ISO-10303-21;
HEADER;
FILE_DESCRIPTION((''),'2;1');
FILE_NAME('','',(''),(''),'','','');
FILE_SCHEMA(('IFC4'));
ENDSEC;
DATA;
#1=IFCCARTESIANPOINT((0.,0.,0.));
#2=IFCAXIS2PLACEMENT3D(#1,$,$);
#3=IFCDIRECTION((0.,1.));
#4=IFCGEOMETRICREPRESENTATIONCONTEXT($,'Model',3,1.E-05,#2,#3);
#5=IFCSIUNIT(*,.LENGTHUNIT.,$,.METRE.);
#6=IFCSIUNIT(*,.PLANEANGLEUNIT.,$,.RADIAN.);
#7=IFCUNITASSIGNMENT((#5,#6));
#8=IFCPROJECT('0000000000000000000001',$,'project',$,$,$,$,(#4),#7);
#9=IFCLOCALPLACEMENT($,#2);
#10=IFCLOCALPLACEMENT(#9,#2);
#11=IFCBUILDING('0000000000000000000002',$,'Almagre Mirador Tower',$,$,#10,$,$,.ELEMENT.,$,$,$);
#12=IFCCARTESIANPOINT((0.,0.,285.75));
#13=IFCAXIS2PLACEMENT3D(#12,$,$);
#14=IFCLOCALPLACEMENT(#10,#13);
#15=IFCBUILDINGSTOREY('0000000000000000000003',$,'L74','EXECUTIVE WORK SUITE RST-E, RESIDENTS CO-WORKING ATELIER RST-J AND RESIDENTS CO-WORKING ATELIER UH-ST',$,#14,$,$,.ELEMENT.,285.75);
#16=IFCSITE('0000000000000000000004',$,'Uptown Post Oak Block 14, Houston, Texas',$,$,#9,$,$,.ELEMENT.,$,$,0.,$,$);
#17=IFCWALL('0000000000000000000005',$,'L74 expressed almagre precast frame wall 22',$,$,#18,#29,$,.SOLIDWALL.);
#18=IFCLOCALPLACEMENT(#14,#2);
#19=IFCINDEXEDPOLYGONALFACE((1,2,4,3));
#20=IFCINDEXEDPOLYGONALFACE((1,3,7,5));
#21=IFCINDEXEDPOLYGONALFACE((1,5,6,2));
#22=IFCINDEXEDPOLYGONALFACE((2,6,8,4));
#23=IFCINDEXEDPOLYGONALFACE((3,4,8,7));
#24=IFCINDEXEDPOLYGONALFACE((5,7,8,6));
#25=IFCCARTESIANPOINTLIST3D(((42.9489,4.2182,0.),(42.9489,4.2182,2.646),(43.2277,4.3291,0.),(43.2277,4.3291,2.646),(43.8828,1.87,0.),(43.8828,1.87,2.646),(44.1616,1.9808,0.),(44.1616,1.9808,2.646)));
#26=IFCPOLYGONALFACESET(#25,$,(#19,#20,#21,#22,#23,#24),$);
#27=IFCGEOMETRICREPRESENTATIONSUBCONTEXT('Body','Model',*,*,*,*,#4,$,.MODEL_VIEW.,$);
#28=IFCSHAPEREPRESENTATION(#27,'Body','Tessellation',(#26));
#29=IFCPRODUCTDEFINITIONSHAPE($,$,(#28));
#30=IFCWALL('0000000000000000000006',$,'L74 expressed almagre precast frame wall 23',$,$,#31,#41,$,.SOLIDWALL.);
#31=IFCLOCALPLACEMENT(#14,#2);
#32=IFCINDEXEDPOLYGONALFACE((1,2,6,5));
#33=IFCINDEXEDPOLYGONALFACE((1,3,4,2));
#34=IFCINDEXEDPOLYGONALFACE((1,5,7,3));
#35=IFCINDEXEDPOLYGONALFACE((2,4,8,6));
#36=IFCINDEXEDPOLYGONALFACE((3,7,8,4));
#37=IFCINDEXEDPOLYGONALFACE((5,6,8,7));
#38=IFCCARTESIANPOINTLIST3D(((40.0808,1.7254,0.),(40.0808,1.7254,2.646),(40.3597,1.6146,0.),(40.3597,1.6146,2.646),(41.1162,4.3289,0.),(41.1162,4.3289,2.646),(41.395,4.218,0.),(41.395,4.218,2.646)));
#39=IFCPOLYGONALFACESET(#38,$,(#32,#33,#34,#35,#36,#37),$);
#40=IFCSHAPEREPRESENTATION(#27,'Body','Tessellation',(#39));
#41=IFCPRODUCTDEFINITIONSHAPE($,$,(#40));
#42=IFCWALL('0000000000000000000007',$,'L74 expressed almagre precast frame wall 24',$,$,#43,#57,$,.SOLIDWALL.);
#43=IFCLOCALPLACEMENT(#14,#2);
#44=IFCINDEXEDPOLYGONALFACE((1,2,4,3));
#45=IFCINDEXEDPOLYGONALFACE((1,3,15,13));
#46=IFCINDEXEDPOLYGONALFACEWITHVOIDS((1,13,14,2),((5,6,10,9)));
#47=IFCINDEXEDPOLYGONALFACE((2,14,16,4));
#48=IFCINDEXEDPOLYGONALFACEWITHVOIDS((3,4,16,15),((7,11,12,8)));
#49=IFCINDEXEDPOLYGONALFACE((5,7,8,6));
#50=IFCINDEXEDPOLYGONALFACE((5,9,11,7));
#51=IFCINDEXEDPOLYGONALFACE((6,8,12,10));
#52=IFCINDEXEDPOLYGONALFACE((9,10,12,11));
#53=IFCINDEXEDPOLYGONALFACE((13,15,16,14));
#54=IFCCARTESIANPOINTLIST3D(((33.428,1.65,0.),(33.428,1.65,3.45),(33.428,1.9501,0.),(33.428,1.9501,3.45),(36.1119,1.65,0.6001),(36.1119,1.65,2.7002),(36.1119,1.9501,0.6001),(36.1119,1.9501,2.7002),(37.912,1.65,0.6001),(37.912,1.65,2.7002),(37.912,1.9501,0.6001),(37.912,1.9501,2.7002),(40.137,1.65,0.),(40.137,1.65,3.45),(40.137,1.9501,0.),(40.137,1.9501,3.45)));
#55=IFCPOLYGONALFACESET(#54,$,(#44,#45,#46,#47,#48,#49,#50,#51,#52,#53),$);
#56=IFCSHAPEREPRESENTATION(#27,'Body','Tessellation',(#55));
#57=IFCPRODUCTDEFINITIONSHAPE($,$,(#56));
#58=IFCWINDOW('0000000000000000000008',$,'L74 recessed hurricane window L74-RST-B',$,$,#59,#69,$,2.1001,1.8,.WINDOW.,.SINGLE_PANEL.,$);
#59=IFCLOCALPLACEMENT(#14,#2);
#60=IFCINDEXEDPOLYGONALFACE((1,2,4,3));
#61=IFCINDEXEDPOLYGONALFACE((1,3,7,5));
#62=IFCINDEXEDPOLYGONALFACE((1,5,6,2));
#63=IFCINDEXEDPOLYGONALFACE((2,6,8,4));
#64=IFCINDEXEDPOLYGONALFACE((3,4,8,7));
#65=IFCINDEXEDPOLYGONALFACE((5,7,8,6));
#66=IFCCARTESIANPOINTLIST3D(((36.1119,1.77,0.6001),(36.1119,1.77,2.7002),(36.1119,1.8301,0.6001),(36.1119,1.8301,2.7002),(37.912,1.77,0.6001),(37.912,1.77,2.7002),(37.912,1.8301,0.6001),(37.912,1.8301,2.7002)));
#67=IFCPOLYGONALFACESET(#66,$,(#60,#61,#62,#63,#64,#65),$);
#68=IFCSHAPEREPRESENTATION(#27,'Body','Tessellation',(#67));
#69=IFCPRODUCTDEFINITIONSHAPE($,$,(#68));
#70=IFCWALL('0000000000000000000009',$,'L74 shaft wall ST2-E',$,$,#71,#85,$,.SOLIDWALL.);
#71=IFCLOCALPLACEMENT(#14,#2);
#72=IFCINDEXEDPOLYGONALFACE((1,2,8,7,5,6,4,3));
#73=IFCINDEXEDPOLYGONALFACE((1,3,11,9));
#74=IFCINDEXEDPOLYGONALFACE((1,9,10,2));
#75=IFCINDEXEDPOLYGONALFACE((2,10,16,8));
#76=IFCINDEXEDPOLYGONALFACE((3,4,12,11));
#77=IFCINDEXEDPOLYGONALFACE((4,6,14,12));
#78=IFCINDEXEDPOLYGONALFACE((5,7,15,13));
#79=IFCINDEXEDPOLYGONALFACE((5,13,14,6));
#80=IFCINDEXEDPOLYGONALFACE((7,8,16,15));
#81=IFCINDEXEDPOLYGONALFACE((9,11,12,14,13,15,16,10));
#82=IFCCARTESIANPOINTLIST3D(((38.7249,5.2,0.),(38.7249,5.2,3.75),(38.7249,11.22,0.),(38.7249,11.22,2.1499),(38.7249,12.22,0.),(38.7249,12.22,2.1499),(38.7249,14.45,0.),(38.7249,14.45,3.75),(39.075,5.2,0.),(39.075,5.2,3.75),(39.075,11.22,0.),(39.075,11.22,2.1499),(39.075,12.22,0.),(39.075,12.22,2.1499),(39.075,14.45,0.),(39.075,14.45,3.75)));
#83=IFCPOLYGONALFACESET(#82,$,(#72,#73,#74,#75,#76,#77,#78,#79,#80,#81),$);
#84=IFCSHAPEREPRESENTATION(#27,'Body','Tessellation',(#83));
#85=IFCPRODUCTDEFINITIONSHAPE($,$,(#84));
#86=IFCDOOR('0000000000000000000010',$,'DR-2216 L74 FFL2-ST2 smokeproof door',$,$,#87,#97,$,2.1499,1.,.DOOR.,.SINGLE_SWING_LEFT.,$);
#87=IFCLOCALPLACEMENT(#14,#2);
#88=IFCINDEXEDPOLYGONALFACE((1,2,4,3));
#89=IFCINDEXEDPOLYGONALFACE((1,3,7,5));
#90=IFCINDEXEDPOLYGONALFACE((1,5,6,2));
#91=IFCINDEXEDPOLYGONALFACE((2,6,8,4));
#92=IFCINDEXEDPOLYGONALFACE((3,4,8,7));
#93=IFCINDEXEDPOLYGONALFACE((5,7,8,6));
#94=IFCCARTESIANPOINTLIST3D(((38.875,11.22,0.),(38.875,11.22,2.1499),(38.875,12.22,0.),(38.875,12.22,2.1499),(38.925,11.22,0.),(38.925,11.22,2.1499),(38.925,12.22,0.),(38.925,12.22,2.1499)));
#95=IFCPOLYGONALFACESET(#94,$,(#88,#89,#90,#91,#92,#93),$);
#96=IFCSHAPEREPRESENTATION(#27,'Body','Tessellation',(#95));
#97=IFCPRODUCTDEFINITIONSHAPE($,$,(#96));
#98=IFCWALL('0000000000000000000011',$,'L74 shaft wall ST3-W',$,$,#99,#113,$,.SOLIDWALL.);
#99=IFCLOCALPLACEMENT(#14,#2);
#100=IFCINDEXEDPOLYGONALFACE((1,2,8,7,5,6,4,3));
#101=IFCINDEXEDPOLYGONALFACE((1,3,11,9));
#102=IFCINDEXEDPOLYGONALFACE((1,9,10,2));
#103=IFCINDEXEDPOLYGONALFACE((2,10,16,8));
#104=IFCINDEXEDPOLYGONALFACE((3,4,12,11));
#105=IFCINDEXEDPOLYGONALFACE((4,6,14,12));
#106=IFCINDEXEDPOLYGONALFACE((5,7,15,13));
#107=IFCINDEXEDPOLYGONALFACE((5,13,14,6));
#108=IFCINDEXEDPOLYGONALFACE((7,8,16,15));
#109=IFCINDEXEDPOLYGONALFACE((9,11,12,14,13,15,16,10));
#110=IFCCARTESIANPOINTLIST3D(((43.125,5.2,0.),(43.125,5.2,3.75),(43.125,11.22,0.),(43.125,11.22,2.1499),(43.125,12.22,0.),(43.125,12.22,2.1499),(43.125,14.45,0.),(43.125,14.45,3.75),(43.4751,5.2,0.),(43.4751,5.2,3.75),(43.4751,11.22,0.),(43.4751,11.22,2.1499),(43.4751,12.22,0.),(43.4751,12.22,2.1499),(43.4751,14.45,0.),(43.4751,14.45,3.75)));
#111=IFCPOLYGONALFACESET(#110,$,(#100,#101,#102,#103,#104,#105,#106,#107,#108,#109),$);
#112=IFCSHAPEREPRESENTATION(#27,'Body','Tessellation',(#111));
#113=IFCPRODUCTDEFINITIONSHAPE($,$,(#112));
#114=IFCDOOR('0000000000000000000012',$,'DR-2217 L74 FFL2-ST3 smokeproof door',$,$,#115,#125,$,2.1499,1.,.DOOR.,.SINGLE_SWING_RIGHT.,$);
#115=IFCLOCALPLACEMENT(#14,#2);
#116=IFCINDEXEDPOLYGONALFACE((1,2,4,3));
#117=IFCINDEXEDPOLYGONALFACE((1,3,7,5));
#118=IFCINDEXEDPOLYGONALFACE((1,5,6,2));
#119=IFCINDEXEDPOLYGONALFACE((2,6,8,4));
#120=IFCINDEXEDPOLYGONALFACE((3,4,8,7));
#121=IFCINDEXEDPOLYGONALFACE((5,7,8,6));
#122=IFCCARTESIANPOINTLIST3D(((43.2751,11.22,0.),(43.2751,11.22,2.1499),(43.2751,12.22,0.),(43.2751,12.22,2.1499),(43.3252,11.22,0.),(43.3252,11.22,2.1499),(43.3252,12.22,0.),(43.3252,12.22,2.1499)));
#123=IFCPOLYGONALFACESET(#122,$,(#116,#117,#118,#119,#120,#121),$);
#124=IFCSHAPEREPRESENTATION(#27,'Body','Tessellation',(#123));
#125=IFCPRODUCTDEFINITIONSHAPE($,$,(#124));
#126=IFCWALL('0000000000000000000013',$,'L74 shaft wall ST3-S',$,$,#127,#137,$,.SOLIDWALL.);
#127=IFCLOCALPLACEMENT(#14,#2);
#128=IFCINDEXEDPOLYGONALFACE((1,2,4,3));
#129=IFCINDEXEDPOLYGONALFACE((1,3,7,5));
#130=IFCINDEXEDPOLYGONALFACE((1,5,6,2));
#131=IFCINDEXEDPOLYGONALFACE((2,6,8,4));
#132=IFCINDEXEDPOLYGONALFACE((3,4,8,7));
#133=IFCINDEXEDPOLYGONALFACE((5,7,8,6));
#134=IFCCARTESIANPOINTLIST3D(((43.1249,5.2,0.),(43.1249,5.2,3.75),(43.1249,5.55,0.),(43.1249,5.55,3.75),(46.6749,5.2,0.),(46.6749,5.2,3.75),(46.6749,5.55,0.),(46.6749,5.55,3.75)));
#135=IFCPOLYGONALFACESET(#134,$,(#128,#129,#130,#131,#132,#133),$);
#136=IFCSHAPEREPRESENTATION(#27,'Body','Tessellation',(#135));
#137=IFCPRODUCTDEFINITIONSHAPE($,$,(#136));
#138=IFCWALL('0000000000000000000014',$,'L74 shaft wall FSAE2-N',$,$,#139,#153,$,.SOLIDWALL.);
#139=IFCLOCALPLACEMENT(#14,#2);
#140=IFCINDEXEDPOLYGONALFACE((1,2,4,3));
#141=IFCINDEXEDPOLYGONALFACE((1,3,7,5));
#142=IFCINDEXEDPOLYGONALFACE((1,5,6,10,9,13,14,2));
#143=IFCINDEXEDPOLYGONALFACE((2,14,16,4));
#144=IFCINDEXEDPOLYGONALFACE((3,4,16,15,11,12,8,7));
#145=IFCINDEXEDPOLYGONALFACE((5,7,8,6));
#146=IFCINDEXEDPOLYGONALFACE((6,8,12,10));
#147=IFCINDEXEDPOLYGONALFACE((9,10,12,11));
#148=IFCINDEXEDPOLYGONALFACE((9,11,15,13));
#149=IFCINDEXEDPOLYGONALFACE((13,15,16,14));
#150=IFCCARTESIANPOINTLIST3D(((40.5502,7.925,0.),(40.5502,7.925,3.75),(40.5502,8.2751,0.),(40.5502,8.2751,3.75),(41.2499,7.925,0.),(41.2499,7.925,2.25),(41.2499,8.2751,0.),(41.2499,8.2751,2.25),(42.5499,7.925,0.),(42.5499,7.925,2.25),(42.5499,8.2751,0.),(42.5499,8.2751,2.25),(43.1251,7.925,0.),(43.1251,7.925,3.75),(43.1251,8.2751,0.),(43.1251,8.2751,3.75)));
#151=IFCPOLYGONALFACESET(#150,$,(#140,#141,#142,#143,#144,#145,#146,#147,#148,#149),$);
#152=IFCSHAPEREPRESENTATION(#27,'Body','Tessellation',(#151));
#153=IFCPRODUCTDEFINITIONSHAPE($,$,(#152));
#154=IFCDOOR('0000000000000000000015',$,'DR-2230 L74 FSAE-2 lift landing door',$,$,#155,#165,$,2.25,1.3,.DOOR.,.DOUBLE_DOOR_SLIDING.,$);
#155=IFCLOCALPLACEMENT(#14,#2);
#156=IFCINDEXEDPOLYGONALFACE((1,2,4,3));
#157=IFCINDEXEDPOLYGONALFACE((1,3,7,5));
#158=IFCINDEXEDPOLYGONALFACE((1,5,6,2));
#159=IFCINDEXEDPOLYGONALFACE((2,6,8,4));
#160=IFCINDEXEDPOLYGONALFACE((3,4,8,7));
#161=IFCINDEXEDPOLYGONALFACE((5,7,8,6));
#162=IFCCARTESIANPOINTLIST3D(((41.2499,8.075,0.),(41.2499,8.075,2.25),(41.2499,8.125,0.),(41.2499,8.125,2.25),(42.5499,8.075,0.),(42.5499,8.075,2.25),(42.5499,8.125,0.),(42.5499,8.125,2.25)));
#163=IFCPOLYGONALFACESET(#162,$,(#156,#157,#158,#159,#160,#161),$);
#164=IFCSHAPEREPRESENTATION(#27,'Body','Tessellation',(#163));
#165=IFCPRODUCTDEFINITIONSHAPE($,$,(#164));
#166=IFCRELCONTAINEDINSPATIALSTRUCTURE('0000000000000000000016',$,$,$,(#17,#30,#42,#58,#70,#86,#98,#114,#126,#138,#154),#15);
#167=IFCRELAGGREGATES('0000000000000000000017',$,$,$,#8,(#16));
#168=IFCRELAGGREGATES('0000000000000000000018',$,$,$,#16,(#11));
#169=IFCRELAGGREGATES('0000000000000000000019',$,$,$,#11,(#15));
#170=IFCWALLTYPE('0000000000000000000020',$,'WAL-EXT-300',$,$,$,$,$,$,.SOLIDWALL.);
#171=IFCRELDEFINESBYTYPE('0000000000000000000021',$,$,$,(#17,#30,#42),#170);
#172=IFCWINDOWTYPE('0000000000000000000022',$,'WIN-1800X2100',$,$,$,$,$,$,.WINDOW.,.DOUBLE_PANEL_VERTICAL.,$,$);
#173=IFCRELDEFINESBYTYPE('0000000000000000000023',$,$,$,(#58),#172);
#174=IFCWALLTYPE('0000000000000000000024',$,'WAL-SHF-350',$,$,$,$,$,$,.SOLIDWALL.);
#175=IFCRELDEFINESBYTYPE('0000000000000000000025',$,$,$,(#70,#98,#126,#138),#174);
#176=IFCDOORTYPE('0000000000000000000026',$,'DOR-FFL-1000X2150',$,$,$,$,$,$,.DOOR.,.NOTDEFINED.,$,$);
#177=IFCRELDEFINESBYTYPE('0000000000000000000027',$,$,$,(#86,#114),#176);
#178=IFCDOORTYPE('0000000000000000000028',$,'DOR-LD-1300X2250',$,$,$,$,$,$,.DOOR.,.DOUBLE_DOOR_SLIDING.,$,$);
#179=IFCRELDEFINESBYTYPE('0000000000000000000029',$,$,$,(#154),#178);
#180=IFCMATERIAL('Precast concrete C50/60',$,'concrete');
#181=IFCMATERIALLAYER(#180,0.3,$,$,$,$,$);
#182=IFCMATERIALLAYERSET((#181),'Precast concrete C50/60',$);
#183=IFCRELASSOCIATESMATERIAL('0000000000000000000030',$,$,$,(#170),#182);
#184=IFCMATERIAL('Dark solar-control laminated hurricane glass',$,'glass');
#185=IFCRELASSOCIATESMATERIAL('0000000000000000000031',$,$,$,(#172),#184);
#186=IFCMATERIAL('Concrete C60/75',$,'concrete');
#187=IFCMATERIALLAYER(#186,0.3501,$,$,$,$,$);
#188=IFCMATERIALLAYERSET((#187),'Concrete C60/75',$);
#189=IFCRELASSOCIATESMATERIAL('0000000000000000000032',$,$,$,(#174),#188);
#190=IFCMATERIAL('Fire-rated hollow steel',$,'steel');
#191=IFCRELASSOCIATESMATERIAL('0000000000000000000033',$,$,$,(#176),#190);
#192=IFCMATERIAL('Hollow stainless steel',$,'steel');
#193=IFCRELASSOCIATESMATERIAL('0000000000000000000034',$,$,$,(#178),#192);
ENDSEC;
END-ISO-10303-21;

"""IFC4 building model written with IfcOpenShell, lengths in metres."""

from ifc_helpers import new_model, si_unit, direction, frame, frame_2d, origin, place, context, subcontext, project, spatial, rectangle, extrude, material, layer, layer_set, type_object, element, fill, save


model = new_model("IFC4")

# Units and contexts
model_context = context("Model", 3, precision=1e-05, world=origin(), true_north=direction((0.0, 1.0)))
body_context = subcontext(model_context, "Body", "Model", "MODEL_VIEW")
ifc_project = project(units=[si_unit("LENGTHUNIT", "METRE"), si_unit("PLANEANGLEUNIT", "RADIAN")], contexts=[model_context])

# Site, building, storey
site_placement = place(None, origin())
site = spatial("IfcSite", under=ifc_project, at=site_placement, Name="Uptown Post Oak Block 14, Houston, Texas", CompositionType="ELEMENT", RefElevation=0.0)
building_placement = place(site_placement, origin())
building = spatial("IfcBuilding", under=site, at=building_placement, Name="Almagre Mirador Tower", CompositionType="ELEMENT")
storey_placement = place(building_placement, frame((0.0, 0.0, 285.75)))
storey = spatial("IfcBuildingStorey", under=building, at=storey_placement, Name="L74", Description="EXECUTIVE WORK SUITE RST-E, RESIDENTS CO-WORKING ATELIER RST-J AND RESIDENTS CO-WORKING ATELIER UH-ST", CompositionType="ELEMENT", Elevation=285.75)

# Walls
ifc_material_1 = material(Name="Precast concrete C50/60", Category="concrete")
ifc_layer_1 = layer(ifc_material_1, 0.3)
ifc_layer_set_1 = layer_set([ifc_layer_1], Name="Precast concrete C50/60")
wall_type_1 = type_object("IfcWallType", Name="WAL-EXT-300", PredefinedType="SOLIDWALL", material=ifc_layer_set_1)
wall_1_placement = place(storey_placement, frame((44.0222, 1.9253, 0.0), z_axis=(0.0, 0.0, 1.0), x_axis=(-0.369541, 0.929214, 0.0)))
element("IfcWall", 1, at=wall_1_placement, inside=storey, type_object=wall_type_1, Name="L74 expressed almagre precast frame wall 22", PredefinedType="SOLIDWALL", context=body_context, shape_type="SweptSolid", body=[
    extrude(rectangle(XDim=2.5271, YDim=0.3, at=frame_2d((1.2637, 0.0))), origin(), (0.0, 0.0, 1.0), 2.646),
])
wall_2_placement = place(storey_placement, frame((41.2556, 4.2734, 0.0), z_axis=(0.0, 0.0, 1.0), x_axis=(-0.369542, -0.929214, 0.0)))
element("IfcWall", 2, at=wall_2_placement, inside=storey, type_object=wall_type_1, Name="L74 expressed almagre precast frame wall 23", PredefinedType="SOLIDWALL", context=body_context, shape_type="SweptSolid", body=[
    extrude(rectangle(XDim=2.8018, YDim=0.3, at=frame_2d((1.4009, 0.0))), origin(), (0.0, 0.0, 1.0), 2.646),
])

# Wall, opening, window
wall_3_placement = place(storey_placement, frame((40.137, 1.8, 0.0), z_axis=(0.0, 0.0, 1.0), x_axis=(-1.0, 0.0, 0.0)))
wall_3 = element("IfcWall", 3, at=wall_3_placement, inside=storey, type_object=wall_type_1, Name="L74 expressed almagre precast frame wall 24", PredefinedType="SOLIDWALL", context=body_context, shape_type="SweptSolid", body=[
    extrude(rectangle(XDim=6.709, YDim=0.3, at=frame_2d((3.3545, 0.0))), origin(), (0.0, 0.0, 1.0), 3.45),
])
opening_1_placement = place(wall_3_placement, frame((2.2251, 0.0, 0.6001)))
opening_1 = element("IfcOpeningElement", 4, at=opening_1_placement, cuts=wall_3, PredefinedType="OPENING", context=body_context, shape_type="SweptSolid", body=[
    extrude(rectangle(XDim=1.8, YDim=2.1001, at=frame_2d((0.8999, 1.05))), frame((0.0, 0.1599, 0.0), z_axis=(0.0, -1.0, 0.0), x_axis=(1.0, 0.0, 0.0)), (0.0, 0.0, 1.0), 0.32),
])
ifc_material_2 = material(Name="Dark solar-control laminated hurricane glass", Category="glass")
window_type = type_object("IfcWindowType", Name="WIN-1800X2100", PartitioningType="DOUBLE_PANEL_VERTICAL", PredefinedType="WINDOW", material=ifc_material_2)
window_placement = place(opening_1_placement, origin())
window = element("IfcWindow", 5, at=window_placement, inside=storey, type_object=window_type, Name="L74 recessed hurricane window L74-RST-B", OverallHeight=2.1001, OverallWidth=1.8, PartitioningType="SINGLE_PANEL", PredefinedType="WINDOW", context=body_context, shape_type="SweptSolid", body=[
    extrude(rectangle(XDim=1.8, YDim=2.1001, at=frame_2d((0.8999, 1.05))), frame((0.0, 0.03, 0.0), z_axis=(0.0, -1.0, 0.0), x_axis=(1.0, 0.0, 0.0)), (0.0, 0.0, 1.0), 0.0601),
])
fill(opening_1, window)

# Walls, openings, doors
ifc_material_3 = material(Name="Concrete C60/75", Category="concrete")
ifc_layer_2 = layer(ifc_material_3, 0.3501)
ifc_layer_set_2 = layer_set([ifc_layer_2], Name="Concrete C60/75")
wall_type_2 = type_object("IfcWallType", Name="WAL-SHF-350", PredefinedType="SOLIDWALL", material=ifc_layer_set_2)
wall_4_placement = place(storey_placement, frame((38.8999, 5.2, 0.0), z_axis=(0.0, 0.0, 1.0), x_axis=(0.0, 1.0, 0.0)))
wall_4 = element("IfcWall", 6, at=wall_4_placement, inside=storey, type_object=wall_type_2, Name="L74 shaft wall ST2-E", PredefinedType="SOLIDWALL", context=body_context, shape_type="SweptSolid", body=[
    extrude(rectangle(XDim=9.25, YDim=0.3501, at=frame_2d((4.625, 0.0))), origin(), (0.0, 0.0, 1.0), 3.75),
])
opening_2_placement = place(wall_4_placement, frame((6.02, 0.0, 0.0)))
opening_2 = element("IfcOpeningElement", 7, at=opening_2_placement, cuts=wall_4, PredefinedType="OPENING", context=body_context, shape_type="SweptSolid", body=[
    extrude(rectangle(XDim=1.0, YDim=2.1499, at=frame_2d((0.5, 1.075))), frame((0.0, 0.185, 0.0), z_axis=(0.0, -1.0, 0.0), x_axis=(1.0, 0.0, 0.0)), (0.0, 0.0, 1.0), 0.3701),
])
ifc_material_4 = material(Name="Fire-rated hollow steel", Category="steel")
door_type_1 = type_object("IfcDoorType", Name="DOR-FFL-1000X2150", OperationType="NOTDEFINED", PredefinedType="DOOR", material=ifc_material_4)
door_1_placement = place(opening_2_placement, origin())
door_1 = element("IfcDoor", 8, at=door_1_placement, inside=storey, type_object=door_type_1, Name="DR-2216 L74 FFL2-ST2 smokeproof door", OperationType="SINGLE_SWING_LEFT", OverallHeight=2.1499, OverallWidth=1.0, PredefinedType="DOOR", context=body_context, shape_type="SweptSolid", body=[
    extrude(rectangle(XDim=1.0, YDim=2.1499, at=frame_2d((0.5, 1.075))), frame((0.0, 0.0249, 0.0), z_axis=(0.0, -1.0, 0.0), x_axis=(1.0, 0.0, 0.0)), (0.0, 0.0, 1.0), 0.05),
])
fill(opening_2, door_1)
wall_5_placement = place(storey_placement, frame((43.3, 5.2, 0.0), z_axis=(0.0, 0.0, 1.0), x_axis=(0.0, 1.0, 0.0)))
wall_5 = element("IfcWall", 9, at=wall_5_placement, inside=storey, type_object=wall_type_2, Name="L74 shaft wall ST3-W", PredefinedType="SOLIDWALL", context=body_context, shape_type="SweptSolid", body=[
    extrude(rectangle(XDim=9.25, YDim=0.3501, at=frame_2d((4.625, 0.0))), origin(), (0.0, 0.0, 1.0), 3.75),
])
opening_3_placement = place(wall_5_placement, frame((6.02, 0.0, 0.0)))
opening_3 = element("IfcOpeningElement", 10, at=opening_3_placement, cuts=wall_5, PredefinedType="OPENING", context=body_context, shape_type="SweptSolid", body=[
    extrude(rectangle(XDim=1.0, YDim=2.1499, at=frame_2d((0.5, 1.075))), frame((0.0, 0.185, 0.0), z_axis=(0.0, -1.0, 0.0), x_axis=(1.0, 0.0, 0.0)), (0.0, 0.0, 1.0), 0.3701),
])
door_2_placement = place(opening_3_placement, origin())
door_2 = element("IfcDoor", 11, at=door_2_placement, inside=storey, type_object=door_type_1, Name="DR-2217 L74 FFL2-ST3 smokeproof door", OperationType="SINGLE_SWING_RIGHT", OverallHeight=2.1499, OverallWidth=1.0, PredefinedType="DOOR", context=body_context, shape_type="SweptSolid", body=[
    extrude(rectangle(XDim=1.0, YDim=2.1499, at=frame_2d((0.5, 1.075))), frame((0.0, 0.0249, 0.0), z_axis=(0.0, -1.0, 0.0), x_axis=(1.0, 0.0, 0.0)), (0.0, 0.0, 1.0), 0.05),
])
fill(opening_3, door_2)

# Wall
wall_6_placement = place(storey_placement, frame((43.125, 5.375, 0.0), z_axis=(0.0, 0.0, 1.0), x_axis=(1.0, 0.0, 0.0)))
element("IfcWall", 12, at=wall_6_placement, inside=storey, type_object=wall_type_2, Name="L74 shaft wall ST3-S", PredefinedType="SOLIDWALL", context=body_context, shape_type="SweptSolid", body=[
    extrude(rectangle(XDim=3.55, YDim=0.3501, at=frame_2d((1.7749, 0.0))), origin(), (0.0, 0.0, 1.0), 3.75),
])

# Wall, opening, door
wall_7_placement = place(storey_placement, frame((40.55, 8.1001, 0.0), z_axis=(0.0, 0.0, 1.0), x_axis=(1.0, 0.0, 0.0)))
wall_7 = element("IfcWall", 13, at=wall_7_placement, inside=storey, type_object=wall_type_2, Name="L74 shaft wall FSAE2-N", PredefinedType="SOLIDWALL", context=body_context, shape_type="SweptSolid", body=[
    extrude(rectangle(XDim=2.575, YDim=0.3501, at=frame_2d((1.2876, 0.0))), origin(), (0.0, 0.0, 1.0), 3.75),
])
opening_4_placement = place(wall_7_placement, frame((0.7, 0.0, 0.0)))
opening_4 = element("IfcOpeningElement", 14, at=opening_4_placement, cuts=wall_7, PredefinedType="OPENING", context=body_context, shape_type="SweptSolid", body=[
    extrude(rectangle(XDim=1.3, YDim=2.25, at=frame_2d((0.6499, 1.125))), frame((0.0, 0.185, 0.0), z_axis=(0.0, -1.0, 0.0), x_axis=(1.0, 0.0, 0.0)), (0.0, 0.0, 1.0), 0.3701),
])
ifc_material_5 = material(Name="Hollow stainless steel", Category="steel")
door_type_2 = type_object("IfcDoorType", Name="DOR-LD-1300X2250", OperationType="DOUBLE_DOOR_SLIDING", PredefinedType="DOOR", material=ifc_material_5)
door_3_placement = place(opening_4_placement, origin())
door_3 = element("IfcDoor", 15, at=door_3_placement, inside=storey, type_object=door_type_2, Name="DR-2230 L74 FSAE-2 lift landing door", OperationType="DOUBLE_DOOR_SLIDING", OverallHeight=2.25, OverallWidth=1.3, PredefinedType="DOOR", context=body_context, shape_type="SweptSolid", body=[
    extrude(rectangle(XDim=1.3, YDim=2.25, at=frame_2d((0.6499, 1.125))), frame((0.0, 0.0249, 0.0), z_axis=(0.0, -1.0, 0.0), x_axis=(1.0, 0.0, 0.0)), (0.0, 0.0, 1.0), 0.05),
])
fill(opening_4, door_3)

save(model, "model.ifc")
